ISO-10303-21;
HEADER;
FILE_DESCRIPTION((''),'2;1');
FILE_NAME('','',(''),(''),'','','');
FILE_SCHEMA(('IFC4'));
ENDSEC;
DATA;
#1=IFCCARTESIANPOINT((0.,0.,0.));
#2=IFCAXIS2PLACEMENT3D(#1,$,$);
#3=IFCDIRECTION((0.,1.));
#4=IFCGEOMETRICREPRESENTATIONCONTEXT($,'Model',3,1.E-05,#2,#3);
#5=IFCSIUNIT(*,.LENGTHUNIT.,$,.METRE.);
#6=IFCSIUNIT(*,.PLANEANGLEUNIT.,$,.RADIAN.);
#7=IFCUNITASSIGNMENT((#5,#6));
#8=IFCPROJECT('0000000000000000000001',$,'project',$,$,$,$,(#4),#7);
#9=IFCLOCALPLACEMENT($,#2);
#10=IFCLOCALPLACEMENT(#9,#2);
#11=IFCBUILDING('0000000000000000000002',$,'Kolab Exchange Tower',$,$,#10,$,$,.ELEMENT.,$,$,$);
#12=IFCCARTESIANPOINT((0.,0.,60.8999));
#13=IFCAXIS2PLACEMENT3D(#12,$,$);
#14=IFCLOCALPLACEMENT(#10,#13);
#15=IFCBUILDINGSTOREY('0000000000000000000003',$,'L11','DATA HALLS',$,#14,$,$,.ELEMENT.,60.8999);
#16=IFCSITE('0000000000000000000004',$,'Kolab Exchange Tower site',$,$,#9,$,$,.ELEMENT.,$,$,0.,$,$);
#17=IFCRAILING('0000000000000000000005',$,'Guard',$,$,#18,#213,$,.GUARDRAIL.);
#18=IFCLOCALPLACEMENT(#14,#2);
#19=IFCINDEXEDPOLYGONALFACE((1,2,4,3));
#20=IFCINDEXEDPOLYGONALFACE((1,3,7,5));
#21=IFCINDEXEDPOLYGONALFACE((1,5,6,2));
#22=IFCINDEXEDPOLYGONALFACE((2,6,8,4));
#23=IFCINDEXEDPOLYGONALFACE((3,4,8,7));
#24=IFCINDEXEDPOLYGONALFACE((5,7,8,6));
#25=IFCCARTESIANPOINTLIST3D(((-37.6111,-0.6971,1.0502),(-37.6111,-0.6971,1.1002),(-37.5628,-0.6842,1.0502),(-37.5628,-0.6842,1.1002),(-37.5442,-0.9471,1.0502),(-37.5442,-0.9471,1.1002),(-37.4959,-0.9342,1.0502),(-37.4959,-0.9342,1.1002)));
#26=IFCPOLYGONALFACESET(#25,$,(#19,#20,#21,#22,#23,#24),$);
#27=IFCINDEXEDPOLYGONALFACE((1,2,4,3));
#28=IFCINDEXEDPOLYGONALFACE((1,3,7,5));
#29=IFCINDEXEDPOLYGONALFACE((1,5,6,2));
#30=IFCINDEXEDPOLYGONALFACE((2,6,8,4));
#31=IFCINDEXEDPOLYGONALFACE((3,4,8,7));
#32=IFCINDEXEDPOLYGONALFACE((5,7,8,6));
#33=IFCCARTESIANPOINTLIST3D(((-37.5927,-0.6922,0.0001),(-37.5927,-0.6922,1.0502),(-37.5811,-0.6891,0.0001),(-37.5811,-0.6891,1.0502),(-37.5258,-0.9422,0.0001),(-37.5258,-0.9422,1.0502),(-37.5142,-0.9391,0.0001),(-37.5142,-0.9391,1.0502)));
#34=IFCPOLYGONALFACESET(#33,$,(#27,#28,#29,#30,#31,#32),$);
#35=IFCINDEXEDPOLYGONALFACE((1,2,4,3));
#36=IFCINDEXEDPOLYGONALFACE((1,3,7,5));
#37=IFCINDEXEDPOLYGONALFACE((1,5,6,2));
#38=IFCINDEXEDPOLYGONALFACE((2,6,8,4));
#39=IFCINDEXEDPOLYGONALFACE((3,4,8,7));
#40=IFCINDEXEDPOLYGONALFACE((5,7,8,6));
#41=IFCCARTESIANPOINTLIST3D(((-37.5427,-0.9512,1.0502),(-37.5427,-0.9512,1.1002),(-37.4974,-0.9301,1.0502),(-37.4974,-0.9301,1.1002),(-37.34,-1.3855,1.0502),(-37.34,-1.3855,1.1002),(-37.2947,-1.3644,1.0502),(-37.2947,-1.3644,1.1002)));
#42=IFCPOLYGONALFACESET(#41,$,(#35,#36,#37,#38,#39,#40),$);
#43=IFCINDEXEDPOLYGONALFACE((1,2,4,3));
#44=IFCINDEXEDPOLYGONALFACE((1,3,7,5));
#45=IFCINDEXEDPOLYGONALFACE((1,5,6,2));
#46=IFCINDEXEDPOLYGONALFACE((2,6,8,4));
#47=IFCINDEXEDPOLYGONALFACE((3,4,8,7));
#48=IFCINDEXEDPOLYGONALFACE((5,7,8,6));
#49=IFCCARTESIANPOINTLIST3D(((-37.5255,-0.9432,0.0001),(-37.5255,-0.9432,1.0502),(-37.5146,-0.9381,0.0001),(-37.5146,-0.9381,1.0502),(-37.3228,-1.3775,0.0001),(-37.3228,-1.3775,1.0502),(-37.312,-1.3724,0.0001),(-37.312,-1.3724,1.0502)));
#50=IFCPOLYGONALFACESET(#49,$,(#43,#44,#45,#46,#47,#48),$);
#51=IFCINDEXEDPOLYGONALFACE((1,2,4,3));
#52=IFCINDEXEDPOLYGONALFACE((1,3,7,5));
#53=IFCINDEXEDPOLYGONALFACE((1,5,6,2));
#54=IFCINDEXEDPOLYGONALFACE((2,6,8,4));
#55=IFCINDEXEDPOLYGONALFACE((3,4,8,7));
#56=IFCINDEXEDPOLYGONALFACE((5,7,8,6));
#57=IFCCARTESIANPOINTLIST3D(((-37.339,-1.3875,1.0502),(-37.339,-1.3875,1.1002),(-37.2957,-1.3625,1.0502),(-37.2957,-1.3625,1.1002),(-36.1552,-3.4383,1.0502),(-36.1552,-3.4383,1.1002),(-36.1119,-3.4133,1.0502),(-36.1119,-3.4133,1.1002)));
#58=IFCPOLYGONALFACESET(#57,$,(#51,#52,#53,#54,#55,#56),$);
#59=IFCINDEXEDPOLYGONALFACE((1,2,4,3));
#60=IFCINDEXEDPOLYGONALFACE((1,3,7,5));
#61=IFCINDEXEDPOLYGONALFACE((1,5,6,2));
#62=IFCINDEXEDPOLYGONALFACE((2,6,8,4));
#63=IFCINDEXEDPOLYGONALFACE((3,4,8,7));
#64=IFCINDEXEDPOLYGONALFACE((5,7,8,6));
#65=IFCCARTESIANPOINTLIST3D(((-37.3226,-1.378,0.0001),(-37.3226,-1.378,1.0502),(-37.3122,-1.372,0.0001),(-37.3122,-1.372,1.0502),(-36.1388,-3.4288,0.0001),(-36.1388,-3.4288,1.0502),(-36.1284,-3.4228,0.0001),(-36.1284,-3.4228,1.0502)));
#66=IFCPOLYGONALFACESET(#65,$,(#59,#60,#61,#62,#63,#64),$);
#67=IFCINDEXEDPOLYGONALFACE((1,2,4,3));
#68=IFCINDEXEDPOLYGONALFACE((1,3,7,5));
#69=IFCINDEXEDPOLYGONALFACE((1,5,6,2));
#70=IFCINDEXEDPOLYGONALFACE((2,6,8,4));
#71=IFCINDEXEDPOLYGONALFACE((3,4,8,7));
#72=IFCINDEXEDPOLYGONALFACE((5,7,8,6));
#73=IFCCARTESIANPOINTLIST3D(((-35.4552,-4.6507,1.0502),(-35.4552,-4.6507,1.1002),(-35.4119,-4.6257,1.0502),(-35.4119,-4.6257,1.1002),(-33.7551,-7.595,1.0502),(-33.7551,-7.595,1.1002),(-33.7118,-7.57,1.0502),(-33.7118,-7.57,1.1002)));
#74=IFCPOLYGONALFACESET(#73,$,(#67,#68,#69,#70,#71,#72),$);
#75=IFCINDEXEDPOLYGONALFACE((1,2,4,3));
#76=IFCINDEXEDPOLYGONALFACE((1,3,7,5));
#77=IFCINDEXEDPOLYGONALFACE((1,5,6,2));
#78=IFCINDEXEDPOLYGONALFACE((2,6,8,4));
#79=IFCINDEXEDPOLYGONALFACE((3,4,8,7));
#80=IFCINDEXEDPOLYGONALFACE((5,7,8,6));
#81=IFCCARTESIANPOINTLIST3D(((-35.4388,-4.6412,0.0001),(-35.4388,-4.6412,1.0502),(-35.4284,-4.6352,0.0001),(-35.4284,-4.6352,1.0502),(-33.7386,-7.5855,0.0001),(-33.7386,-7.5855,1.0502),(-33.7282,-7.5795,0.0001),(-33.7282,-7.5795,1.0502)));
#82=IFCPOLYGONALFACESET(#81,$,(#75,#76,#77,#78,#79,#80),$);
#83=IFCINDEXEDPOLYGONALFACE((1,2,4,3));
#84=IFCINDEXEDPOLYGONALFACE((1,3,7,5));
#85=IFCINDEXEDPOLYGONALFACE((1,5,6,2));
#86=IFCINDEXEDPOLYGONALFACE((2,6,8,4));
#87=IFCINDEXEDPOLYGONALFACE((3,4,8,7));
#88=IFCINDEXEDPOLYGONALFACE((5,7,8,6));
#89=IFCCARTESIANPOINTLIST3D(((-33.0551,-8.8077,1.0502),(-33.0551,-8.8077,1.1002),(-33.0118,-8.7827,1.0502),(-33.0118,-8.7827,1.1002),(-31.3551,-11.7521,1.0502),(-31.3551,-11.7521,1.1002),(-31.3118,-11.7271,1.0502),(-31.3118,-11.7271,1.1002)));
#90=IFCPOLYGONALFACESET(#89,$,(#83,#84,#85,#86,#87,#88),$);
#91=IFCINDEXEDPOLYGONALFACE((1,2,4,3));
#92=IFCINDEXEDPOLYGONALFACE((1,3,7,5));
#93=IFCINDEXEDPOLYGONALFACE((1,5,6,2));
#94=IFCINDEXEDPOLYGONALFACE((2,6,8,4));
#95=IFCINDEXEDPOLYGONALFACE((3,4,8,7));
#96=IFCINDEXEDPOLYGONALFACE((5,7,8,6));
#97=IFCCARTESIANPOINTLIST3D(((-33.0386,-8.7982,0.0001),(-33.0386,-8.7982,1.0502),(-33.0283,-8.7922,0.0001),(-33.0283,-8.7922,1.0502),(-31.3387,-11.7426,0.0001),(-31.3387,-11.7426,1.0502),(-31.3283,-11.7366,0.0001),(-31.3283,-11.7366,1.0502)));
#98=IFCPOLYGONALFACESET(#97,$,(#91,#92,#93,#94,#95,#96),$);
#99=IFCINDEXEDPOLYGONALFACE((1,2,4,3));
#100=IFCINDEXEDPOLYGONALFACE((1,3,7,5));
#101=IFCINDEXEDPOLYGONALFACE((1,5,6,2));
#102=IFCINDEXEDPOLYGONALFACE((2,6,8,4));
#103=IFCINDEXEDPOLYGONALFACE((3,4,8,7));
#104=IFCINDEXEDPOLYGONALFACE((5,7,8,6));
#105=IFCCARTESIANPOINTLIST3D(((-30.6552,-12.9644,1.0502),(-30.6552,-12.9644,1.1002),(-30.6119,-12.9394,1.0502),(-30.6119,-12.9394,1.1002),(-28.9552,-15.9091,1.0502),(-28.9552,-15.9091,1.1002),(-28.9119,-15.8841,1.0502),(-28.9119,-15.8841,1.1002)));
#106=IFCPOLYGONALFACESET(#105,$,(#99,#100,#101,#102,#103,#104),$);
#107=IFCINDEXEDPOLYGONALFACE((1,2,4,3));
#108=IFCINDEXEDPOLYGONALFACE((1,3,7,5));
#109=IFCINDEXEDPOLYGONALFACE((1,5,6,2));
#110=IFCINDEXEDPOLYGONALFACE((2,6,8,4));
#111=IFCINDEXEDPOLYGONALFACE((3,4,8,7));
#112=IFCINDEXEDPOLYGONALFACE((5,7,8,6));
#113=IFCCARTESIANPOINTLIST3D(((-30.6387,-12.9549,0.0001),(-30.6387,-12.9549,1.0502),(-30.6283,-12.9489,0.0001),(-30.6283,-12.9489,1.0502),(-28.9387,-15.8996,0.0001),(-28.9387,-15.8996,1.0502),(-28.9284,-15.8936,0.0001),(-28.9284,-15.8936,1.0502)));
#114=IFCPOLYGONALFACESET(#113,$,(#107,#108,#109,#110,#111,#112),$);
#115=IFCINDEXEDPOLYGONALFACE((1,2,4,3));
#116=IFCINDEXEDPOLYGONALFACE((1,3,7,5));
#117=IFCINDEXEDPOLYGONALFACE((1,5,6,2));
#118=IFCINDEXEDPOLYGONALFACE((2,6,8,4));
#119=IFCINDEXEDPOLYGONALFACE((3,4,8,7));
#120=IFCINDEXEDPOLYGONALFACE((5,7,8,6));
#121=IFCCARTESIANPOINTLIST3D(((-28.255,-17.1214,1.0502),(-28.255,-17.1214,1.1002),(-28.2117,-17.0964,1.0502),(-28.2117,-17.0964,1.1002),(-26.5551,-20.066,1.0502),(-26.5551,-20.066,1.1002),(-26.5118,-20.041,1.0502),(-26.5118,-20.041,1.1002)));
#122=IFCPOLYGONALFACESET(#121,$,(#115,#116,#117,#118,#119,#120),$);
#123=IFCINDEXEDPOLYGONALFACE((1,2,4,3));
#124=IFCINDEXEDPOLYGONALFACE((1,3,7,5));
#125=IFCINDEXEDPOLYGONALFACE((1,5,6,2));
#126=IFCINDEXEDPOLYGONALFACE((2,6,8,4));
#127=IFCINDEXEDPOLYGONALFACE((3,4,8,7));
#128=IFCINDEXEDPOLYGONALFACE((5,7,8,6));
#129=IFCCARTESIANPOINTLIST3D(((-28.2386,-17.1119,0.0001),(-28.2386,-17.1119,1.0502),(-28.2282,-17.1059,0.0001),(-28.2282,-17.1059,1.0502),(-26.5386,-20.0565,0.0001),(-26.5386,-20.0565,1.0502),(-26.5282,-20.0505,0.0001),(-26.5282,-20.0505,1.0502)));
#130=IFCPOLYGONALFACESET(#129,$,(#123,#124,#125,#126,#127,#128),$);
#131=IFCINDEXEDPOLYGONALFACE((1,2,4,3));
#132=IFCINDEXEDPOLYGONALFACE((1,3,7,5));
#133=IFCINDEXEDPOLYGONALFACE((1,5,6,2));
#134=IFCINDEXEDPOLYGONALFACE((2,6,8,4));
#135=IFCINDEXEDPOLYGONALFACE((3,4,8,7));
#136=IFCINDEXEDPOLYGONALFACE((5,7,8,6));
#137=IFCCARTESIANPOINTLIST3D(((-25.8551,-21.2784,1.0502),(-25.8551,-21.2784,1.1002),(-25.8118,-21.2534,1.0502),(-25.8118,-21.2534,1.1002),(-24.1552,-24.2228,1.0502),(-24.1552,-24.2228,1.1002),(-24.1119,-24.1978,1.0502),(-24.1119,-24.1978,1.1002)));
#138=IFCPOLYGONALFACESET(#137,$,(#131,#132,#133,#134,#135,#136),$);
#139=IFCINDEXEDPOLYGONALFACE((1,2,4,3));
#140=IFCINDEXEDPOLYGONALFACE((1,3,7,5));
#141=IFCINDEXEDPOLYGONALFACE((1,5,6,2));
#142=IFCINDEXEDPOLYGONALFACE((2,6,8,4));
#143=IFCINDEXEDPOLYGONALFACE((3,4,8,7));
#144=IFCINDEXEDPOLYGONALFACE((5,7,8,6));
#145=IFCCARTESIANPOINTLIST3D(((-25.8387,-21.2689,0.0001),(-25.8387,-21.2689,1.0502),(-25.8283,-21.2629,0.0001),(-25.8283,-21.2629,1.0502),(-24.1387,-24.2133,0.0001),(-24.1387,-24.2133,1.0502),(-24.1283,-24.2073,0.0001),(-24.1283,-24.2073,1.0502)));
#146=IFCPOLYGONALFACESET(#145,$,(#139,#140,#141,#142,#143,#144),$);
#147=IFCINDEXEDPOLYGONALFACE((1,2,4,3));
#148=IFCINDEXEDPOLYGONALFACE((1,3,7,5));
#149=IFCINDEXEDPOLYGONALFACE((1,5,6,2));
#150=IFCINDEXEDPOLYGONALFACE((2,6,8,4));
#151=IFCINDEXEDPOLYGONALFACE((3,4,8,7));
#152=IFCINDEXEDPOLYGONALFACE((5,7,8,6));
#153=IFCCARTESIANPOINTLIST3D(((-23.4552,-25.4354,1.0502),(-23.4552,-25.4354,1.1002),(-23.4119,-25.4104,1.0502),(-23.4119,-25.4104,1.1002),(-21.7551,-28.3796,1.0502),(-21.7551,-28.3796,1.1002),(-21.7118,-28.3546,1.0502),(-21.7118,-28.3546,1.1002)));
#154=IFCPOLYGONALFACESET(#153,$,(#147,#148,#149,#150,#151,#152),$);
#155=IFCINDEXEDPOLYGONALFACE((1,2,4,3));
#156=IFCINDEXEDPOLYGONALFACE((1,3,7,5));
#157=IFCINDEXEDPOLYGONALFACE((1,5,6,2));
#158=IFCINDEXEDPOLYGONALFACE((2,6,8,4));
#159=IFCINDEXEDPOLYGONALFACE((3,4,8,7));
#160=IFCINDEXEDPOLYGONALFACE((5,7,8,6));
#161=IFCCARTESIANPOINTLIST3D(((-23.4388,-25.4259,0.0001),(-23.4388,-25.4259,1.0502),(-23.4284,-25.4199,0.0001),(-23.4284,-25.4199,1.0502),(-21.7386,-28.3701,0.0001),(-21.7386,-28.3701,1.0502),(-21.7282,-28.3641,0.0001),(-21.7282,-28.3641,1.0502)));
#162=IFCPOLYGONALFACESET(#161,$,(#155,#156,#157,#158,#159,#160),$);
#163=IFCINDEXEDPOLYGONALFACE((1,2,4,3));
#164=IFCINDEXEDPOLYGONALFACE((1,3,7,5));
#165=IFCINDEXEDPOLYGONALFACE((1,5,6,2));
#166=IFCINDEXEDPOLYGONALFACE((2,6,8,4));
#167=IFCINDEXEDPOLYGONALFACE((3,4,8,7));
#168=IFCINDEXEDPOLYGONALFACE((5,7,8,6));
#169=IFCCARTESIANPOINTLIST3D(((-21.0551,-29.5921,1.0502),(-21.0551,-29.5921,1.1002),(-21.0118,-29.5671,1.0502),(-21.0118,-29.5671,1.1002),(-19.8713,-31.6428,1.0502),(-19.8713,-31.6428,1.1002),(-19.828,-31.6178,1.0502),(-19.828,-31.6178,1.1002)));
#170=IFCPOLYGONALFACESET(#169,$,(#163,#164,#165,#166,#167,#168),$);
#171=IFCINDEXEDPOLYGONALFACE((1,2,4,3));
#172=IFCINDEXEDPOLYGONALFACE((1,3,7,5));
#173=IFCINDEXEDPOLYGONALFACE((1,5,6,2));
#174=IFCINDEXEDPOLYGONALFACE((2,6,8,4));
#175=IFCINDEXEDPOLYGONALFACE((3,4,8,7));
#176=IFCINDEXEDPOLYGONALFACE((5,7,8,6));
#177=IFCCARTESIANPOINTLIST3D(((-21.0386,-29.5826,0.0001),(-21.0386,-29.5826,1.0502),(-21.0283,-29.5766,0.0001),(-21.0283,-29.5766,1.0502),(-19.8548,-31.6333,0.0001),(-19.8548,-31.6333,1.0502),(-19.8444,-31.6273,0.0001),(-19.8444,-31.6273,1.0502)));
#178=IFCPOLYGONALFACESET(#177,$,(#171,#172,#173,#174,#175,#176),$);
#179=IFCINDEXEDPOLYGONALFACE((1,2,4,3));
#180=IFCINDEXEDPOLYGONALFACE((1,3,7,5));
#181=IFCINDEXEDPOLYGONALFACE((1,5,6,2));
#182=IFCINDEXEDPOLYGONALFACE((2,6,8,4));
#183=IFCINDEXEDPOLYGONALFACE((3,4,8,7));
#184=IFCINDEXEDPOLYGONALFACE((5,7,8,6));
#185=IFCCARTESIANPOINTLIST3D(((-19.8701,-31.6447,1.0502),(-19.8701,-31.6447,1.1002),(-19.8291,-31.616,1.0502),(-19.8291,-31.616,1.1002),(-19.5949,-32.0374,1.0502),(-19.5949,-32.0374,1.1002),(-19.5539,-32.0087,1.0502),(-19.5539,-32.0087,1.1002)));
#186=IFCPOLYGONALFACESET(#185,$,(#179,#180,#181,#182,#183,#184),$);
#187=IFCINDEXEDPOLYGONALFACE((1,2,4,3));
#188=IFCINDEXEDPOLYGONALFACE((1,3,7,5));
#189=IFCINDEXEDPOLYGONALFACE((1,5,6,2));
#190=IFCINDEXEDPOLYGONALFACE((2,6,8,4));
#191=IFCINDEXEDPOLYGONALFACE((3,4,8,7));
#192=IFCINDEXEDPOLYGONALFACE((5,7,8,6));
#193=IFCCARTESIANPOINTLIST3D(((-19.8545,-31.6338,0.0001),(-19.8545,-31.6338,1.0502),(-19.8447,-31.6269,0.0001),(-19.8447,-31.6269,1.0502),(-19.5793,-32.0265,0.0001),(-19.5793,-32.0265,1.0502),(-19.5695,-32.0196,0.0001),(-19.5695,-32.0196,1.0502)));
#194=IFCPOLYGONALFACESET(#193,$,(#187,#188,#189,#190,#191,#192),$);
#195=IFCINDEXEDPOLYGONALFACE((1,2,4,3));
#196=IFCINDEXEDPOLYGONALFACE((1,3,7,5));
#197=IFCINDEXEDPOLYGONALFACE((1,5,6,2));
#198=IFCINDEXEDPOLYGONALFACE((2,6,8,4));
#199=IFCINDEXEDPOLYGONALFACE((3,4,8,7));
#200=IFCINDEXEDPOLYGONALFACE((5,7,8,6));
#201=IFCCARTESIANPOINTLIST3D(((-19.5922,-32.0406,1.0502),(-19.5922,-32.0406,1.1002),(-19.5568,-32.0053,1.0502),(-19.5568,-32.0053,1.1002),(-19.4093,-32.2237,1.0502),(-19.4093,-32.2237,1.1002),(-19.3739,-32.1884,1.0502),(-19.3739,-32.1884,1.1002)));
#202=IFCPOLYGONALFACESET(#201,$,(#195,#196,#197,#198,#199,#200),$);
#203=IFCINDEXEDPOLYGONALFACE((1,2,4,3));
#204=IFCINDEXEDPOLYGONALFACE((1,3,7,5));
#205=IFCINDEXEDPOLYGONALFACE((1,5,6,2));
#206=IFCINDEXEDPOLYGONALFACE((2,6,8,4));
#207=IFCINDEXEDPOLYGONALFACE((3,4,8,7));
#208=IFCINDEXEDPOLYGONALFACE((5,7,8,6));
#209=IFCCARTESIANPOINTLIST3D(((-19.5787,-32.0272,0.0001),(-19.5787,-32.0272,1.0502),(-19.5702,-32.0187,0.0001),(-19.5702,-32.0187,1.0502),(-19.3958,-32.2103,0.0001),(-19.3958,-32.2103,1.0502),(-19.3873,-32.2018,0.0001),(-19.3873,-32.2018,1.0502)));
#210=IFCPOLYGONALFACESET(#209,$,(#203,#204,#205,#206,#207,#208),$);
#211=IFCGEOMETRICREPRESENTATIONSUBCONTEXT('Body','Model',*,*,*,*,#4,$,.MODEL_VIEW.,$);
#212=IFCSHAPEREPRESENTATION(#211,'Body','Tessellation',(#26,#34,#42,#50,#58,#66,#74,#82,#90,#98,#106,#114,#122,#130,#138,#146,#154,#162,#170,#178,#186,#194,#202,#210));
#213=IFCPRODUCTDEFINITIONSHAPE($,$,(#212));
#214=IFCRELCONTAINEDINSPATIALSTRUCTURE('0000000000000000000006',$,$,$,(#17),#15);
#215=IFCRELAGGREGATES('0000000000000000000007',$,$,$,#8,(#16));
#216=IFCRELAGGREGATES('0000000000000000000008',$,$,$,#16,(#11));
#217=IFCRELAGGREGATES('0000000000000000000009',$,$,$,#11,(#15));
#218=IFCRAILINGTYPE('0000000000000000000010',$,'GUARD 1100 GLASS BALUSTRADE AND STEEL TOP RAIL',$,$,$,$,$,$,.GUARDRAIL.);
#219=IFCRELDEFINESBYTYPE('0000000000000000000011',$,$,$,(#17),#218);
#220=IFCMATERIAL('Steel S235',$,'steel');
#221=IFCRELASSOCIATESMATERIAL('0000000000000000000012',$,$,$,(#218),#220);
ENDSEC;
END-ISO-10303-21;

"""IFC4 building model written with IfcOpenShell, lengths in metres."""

from ifc_helpers import new_model, si_unit, direction, frame, frame_2d, origin, origin_2d, place, context, subcontext, project, spatial, rectangle, extrude, material, type_object, element, save


model = new_model("IFC4")

# Units and contexts
model_context = context("Model", 3, precision=1e-05, world=origin(), true_north=direction((0.0, 1.0)))
body_context = subcontext(model_context, "Body", "Model", "MODEL_VIEW")
ifc_project = project(units=[si_unit("LENGTHUNIT", "METRE"), si_unit("PLANEANGLEUNIT", "RADIAN")], contexts=[model_context])

# Site, building, storey
site_placement = place(None, origin())
site = spatial("IfcSite", under=ifc_project, at=site_placement, Name="Kolab Exchange Tower site", CompositionType="ELEMENT", RefElevation=0.0)
building_placement = place(site_placement, origin())
building = spatial("IfcBuilding", under=site, at=building_placement, Name="Kolab Exchange Tower", CompositionType="ELEMENT")
storey_placement = place(building_placement, frame((0.0, 0.0, 60.8999)))
storey = spatial("IfcBuildingStorey", under=building, at=storey_placement, Name="L11", Description="DATA HALLS", CompositionType="ELEMENT", Elevation=60.8999)

# Railing
ifc_material_1 = material(Name="Steel S235", Category="steel")
railing_type = type_object("IfcRailingType", Name="GUARD 1100 GLASS BALUSTRADE AND STEEL TOP RAIL", PredefinedType="GUARDRAIL", material=ifc_material_1)
railing_placement = place(storey_placement, frame((-37.5869, -0.6907, 0.0)))
element("IfcRailing", 1, at=railing_placement, inside=storey, type_object=railing_type, Name="Guard", PredefinedType="GUARDRAIL", context=body_context, shape_type="SweptSolid", body=[
    extrude(rectangle(XDim=0.05, YDim=0.05, at=origin_2d()), frame((0.0, 0.0, 1.0752), z_axis=(0.258485, -0.966015, 0.0), x_axis=(0.966015, 0.258485, 0.0)), (0.0, 0.0, 1.0), 0.2588),
    extrude(rectangle(XDim=0.012, YDim=1.0501, at=frame_2d((0.0, 0.5251))), frame((0.0, 0.0, 0.0), z_axis=(0.258485, -0.966015, 0.0), x_axis=(0.966015, 0.258485, 0.0)), (0.0, 0.0, 1.0), 0.2588),
    extrude(rectangle(XDim=0.05, YDim=0.05, at=origin_2d()), frame((0.0669, -0.25, 1.0752), z_axis=(0.422802, -0.906222, 0.0), x_axis=(0.906222, 0.422802, 0.0)), (0.0, 0.0, 1.0), 0.4792),
    extrude(rectangle(XDim=0.012, YDim=1.0501, at=frame_2d((0.0, 0.5251))), frame((0.0669, -0.25, 0.0), z_axis=(0.422802, -0.906222, 0.0), x_axis=(0.906222, 0.422802, 0.0)), (0.0, 0.0, 1.0), 0.4792),
    extrude(rectangle(XDim=0.05, YDim=0.05, at=origin_2d()), frame((0.2695, -0.6843, 1.0752), z_axis=(0.499943, -0.866059, 0.0), x_axis=(0.866059, 0.499943, 0.0)), (0.0, 0.0, 1.0), 2.3679),
    extrude(rectangle(XDim=0.012, YDim=1.0501, at=frame_2d((0.0, 0.5251))), frame((0.2695, -0.6843, 0.0), z_axis=(0.499943, -0.866059, 0.0), x_axis=(0.866059, 0.499943, 0.0)), (0.0, 0.0, 1.0), 2.3679),
    extrude(rectangle(XDim=0.05, YDim=0.05, at=origin_2d()), frame((2.1533, -3.9475, 1.0752), z_axis=(0.500062, -0.865989, 0.0), x_axis=(0.865989, 0.500062, 0.0)), (0.0, 0.0, 1.0), 3.3999),
    extrude(rectangle(XDim=0.012, YDim=1.0501, at=frame_2d((0.0, 0.5251))), frame((2.1533, -3.9475, 0.0), z_axis=(0.500062, -0.865989, 0.0), x_axis=(0.865989, 0.500062, 0.0)), (0.0, 0.0, 1.0), 3.3999),
    extrude(rectangle(XDim=0.05, YDim=0.05, at=origin_2d()), frame((4.5535, -8.1045, 1.0752), z_axis=(0.500008, -0.866021, 0.0), x_axis=(0.866021, 0.500008, 0.0)), (0.0, 0.0, 1.0), 3.3999),
    extrude(rectangle(XDim=0.012, YDim=1.0501, at=frame_2d((0.0, 0.5251))), frame((4.5535, -8.1045, 0.0), z_axis=(0.500008, -0.866021, 0.0), x_axis=(0.866021, 0.500008, 0.0)), (0.0, 0.0, 1.0), 3.3999),
    extrude(rectangle(XDim=0.05, YDim=0.05, at=origin_2d()), frame((6.9534, -12.2612, 1.0752), z_axis=(0.499977, -0.866039, 0.0), x_axis=(0.866039, 0.499977, 0.0)), (0.0, 0.0, 1.0), 3.4001),
    extrude(rectangle(XDim=0.012, YDim=1.0501, at=frame_2d((0.0, 0.5251))), frame((6.9534, -12.2612, 0.0), z_axis=(0.499977, -0.866039, 0.0), x_axis=(0.866039, 0.499977, 0.0)), (0.0, 0.0, 1.0), 3.4001),
    extrude(rectangle(XDim=0.05, YDim=0.05, at=origin_2d()), frame((9.3535, -16.4182, 1.0752), z_axis=(0.499977, -0.866039, 0.0), x_axis=(0.866039, 0.499977, 0.0)), (0.0, 0.0, 1.0), 3.4001),
    extrude(rectangle(XDim=0.012, YDim=1.0501, at=frame_2d((0.0, 0.5251))), frame((9.3535, -16.4182, 0.0), z_axis=(0.499977, -0.866039, 0.0), x_axis=(0.866039, 0.499977, 0.0)), (0.0, 0.0, 1.0), 3.4001),
    extrude(rectangle(XDim=0.05, YDim=0.05, at=origin_2d()), frame((11.7534, -20.5752, 1.0752), z_axis=(0.500008, -0.866021, 0.0), x_axis=(0.866021, 0.500008, 0.0)), (0.0, 0.0, 1.0), 3.3999),
    extrude(rectangle(XDim=0.012, YDim=1.0501, at=frame_2d((0.0, 0.5251))), frame((11.7534, -20.5752, 0.0), z_axis=(0.500008, -0.866021, 0.0), x_axis=(0.866021, 0.500008, 0.0)), (0.0, 0.0, 1.0), 3.3999),
    extrude(rectangle(XDim=0.05, YDim=0.05, at=origin_2d()), frame((14.1533, -24.7322, 1.0752), z_axis=(0.500062, -0.865989, 0.0), x_axis=(0.865989, 0.500062, 0.0)), (0.0, 0.0, 1.0), 3.3999),
    extrude(rectangle(XDim=0.012, YDim=1.0501, at=frame_2d((0.0, 0.5251))), frame((14.1533, -24.7322, 0.0), z_axis=(0.500062, -0.865989, 0.0), x_axis=(0.865989, 0.500062, 0.0)), (0.0, 0.0, 1.0), 3.3999),
    extrude(rectangle(XDim=0.05, YDim=0.05, at=origin_2d()), frame((16.5535, -28.8889, 1.0752), z_axis=(0.499943, -0.866059, 0.0), x_axis=(0.866059, 0.499943, 0.0)), (0.0, 0.0, 1.0), 2.3679),
    extrude(rectangle(XDim=0.012, YDim=1.0501, at=frame_2d((0.0, 0.5251))), frame((16.5535, -28.8889, 0.0), z_axis=(0.499943, -0.866059, 0.0), x_axis=(0.866059, 0.499943, 0.0)), (0.0, 0.0, 1.0), 2.3679),
    extrude(rectangle(XDim=0.05, YDim=0.05, at=origin_2d()), frame((17.7373, -30.9397, 1.0752), z_axis=(0.573941, -0.818897, 0.0), x_axis=(0.818897, 0.573941, 0.0)), (0.0, 0.0, 1.0), 0.4795),
    extrude(rectangle(XDim=0.012, YDim=1.0501, at=frame_2d((0.0, 0.5251))), frame((17.7373, -30.9397, 0.0), z_axis=(0.573941, -0.818897, 0.0), x_axis=(0.818897, 0.573941, 0.0)), (0.0, 0.0, 1.0), 0.4795),
    extrude(rectangle(XDim=0.05, YDim=0.05, at=origin_2d()), frame((18.0125, -31.3323, 1.0752), z_axis=(0.706635, -0.707578, 0.0), x_axis=(0.707578, 0.706635, 0.0)), (0.0, 0.0, 1.0), 0.2588),
    extrude(rectangle(XDim=0.012, YDim=1.0501, at=frame_2d((0.0, 0.5251))), frame((18.0125, -31.3323, 0.0), z_axis=(0.706635, -0.707578, 0.0), x_axis=(0.707578, 0.706635, 0.0)), (0.0, 0.0, 1.0), 0.2588),
])

save(model, "model.ifc")
